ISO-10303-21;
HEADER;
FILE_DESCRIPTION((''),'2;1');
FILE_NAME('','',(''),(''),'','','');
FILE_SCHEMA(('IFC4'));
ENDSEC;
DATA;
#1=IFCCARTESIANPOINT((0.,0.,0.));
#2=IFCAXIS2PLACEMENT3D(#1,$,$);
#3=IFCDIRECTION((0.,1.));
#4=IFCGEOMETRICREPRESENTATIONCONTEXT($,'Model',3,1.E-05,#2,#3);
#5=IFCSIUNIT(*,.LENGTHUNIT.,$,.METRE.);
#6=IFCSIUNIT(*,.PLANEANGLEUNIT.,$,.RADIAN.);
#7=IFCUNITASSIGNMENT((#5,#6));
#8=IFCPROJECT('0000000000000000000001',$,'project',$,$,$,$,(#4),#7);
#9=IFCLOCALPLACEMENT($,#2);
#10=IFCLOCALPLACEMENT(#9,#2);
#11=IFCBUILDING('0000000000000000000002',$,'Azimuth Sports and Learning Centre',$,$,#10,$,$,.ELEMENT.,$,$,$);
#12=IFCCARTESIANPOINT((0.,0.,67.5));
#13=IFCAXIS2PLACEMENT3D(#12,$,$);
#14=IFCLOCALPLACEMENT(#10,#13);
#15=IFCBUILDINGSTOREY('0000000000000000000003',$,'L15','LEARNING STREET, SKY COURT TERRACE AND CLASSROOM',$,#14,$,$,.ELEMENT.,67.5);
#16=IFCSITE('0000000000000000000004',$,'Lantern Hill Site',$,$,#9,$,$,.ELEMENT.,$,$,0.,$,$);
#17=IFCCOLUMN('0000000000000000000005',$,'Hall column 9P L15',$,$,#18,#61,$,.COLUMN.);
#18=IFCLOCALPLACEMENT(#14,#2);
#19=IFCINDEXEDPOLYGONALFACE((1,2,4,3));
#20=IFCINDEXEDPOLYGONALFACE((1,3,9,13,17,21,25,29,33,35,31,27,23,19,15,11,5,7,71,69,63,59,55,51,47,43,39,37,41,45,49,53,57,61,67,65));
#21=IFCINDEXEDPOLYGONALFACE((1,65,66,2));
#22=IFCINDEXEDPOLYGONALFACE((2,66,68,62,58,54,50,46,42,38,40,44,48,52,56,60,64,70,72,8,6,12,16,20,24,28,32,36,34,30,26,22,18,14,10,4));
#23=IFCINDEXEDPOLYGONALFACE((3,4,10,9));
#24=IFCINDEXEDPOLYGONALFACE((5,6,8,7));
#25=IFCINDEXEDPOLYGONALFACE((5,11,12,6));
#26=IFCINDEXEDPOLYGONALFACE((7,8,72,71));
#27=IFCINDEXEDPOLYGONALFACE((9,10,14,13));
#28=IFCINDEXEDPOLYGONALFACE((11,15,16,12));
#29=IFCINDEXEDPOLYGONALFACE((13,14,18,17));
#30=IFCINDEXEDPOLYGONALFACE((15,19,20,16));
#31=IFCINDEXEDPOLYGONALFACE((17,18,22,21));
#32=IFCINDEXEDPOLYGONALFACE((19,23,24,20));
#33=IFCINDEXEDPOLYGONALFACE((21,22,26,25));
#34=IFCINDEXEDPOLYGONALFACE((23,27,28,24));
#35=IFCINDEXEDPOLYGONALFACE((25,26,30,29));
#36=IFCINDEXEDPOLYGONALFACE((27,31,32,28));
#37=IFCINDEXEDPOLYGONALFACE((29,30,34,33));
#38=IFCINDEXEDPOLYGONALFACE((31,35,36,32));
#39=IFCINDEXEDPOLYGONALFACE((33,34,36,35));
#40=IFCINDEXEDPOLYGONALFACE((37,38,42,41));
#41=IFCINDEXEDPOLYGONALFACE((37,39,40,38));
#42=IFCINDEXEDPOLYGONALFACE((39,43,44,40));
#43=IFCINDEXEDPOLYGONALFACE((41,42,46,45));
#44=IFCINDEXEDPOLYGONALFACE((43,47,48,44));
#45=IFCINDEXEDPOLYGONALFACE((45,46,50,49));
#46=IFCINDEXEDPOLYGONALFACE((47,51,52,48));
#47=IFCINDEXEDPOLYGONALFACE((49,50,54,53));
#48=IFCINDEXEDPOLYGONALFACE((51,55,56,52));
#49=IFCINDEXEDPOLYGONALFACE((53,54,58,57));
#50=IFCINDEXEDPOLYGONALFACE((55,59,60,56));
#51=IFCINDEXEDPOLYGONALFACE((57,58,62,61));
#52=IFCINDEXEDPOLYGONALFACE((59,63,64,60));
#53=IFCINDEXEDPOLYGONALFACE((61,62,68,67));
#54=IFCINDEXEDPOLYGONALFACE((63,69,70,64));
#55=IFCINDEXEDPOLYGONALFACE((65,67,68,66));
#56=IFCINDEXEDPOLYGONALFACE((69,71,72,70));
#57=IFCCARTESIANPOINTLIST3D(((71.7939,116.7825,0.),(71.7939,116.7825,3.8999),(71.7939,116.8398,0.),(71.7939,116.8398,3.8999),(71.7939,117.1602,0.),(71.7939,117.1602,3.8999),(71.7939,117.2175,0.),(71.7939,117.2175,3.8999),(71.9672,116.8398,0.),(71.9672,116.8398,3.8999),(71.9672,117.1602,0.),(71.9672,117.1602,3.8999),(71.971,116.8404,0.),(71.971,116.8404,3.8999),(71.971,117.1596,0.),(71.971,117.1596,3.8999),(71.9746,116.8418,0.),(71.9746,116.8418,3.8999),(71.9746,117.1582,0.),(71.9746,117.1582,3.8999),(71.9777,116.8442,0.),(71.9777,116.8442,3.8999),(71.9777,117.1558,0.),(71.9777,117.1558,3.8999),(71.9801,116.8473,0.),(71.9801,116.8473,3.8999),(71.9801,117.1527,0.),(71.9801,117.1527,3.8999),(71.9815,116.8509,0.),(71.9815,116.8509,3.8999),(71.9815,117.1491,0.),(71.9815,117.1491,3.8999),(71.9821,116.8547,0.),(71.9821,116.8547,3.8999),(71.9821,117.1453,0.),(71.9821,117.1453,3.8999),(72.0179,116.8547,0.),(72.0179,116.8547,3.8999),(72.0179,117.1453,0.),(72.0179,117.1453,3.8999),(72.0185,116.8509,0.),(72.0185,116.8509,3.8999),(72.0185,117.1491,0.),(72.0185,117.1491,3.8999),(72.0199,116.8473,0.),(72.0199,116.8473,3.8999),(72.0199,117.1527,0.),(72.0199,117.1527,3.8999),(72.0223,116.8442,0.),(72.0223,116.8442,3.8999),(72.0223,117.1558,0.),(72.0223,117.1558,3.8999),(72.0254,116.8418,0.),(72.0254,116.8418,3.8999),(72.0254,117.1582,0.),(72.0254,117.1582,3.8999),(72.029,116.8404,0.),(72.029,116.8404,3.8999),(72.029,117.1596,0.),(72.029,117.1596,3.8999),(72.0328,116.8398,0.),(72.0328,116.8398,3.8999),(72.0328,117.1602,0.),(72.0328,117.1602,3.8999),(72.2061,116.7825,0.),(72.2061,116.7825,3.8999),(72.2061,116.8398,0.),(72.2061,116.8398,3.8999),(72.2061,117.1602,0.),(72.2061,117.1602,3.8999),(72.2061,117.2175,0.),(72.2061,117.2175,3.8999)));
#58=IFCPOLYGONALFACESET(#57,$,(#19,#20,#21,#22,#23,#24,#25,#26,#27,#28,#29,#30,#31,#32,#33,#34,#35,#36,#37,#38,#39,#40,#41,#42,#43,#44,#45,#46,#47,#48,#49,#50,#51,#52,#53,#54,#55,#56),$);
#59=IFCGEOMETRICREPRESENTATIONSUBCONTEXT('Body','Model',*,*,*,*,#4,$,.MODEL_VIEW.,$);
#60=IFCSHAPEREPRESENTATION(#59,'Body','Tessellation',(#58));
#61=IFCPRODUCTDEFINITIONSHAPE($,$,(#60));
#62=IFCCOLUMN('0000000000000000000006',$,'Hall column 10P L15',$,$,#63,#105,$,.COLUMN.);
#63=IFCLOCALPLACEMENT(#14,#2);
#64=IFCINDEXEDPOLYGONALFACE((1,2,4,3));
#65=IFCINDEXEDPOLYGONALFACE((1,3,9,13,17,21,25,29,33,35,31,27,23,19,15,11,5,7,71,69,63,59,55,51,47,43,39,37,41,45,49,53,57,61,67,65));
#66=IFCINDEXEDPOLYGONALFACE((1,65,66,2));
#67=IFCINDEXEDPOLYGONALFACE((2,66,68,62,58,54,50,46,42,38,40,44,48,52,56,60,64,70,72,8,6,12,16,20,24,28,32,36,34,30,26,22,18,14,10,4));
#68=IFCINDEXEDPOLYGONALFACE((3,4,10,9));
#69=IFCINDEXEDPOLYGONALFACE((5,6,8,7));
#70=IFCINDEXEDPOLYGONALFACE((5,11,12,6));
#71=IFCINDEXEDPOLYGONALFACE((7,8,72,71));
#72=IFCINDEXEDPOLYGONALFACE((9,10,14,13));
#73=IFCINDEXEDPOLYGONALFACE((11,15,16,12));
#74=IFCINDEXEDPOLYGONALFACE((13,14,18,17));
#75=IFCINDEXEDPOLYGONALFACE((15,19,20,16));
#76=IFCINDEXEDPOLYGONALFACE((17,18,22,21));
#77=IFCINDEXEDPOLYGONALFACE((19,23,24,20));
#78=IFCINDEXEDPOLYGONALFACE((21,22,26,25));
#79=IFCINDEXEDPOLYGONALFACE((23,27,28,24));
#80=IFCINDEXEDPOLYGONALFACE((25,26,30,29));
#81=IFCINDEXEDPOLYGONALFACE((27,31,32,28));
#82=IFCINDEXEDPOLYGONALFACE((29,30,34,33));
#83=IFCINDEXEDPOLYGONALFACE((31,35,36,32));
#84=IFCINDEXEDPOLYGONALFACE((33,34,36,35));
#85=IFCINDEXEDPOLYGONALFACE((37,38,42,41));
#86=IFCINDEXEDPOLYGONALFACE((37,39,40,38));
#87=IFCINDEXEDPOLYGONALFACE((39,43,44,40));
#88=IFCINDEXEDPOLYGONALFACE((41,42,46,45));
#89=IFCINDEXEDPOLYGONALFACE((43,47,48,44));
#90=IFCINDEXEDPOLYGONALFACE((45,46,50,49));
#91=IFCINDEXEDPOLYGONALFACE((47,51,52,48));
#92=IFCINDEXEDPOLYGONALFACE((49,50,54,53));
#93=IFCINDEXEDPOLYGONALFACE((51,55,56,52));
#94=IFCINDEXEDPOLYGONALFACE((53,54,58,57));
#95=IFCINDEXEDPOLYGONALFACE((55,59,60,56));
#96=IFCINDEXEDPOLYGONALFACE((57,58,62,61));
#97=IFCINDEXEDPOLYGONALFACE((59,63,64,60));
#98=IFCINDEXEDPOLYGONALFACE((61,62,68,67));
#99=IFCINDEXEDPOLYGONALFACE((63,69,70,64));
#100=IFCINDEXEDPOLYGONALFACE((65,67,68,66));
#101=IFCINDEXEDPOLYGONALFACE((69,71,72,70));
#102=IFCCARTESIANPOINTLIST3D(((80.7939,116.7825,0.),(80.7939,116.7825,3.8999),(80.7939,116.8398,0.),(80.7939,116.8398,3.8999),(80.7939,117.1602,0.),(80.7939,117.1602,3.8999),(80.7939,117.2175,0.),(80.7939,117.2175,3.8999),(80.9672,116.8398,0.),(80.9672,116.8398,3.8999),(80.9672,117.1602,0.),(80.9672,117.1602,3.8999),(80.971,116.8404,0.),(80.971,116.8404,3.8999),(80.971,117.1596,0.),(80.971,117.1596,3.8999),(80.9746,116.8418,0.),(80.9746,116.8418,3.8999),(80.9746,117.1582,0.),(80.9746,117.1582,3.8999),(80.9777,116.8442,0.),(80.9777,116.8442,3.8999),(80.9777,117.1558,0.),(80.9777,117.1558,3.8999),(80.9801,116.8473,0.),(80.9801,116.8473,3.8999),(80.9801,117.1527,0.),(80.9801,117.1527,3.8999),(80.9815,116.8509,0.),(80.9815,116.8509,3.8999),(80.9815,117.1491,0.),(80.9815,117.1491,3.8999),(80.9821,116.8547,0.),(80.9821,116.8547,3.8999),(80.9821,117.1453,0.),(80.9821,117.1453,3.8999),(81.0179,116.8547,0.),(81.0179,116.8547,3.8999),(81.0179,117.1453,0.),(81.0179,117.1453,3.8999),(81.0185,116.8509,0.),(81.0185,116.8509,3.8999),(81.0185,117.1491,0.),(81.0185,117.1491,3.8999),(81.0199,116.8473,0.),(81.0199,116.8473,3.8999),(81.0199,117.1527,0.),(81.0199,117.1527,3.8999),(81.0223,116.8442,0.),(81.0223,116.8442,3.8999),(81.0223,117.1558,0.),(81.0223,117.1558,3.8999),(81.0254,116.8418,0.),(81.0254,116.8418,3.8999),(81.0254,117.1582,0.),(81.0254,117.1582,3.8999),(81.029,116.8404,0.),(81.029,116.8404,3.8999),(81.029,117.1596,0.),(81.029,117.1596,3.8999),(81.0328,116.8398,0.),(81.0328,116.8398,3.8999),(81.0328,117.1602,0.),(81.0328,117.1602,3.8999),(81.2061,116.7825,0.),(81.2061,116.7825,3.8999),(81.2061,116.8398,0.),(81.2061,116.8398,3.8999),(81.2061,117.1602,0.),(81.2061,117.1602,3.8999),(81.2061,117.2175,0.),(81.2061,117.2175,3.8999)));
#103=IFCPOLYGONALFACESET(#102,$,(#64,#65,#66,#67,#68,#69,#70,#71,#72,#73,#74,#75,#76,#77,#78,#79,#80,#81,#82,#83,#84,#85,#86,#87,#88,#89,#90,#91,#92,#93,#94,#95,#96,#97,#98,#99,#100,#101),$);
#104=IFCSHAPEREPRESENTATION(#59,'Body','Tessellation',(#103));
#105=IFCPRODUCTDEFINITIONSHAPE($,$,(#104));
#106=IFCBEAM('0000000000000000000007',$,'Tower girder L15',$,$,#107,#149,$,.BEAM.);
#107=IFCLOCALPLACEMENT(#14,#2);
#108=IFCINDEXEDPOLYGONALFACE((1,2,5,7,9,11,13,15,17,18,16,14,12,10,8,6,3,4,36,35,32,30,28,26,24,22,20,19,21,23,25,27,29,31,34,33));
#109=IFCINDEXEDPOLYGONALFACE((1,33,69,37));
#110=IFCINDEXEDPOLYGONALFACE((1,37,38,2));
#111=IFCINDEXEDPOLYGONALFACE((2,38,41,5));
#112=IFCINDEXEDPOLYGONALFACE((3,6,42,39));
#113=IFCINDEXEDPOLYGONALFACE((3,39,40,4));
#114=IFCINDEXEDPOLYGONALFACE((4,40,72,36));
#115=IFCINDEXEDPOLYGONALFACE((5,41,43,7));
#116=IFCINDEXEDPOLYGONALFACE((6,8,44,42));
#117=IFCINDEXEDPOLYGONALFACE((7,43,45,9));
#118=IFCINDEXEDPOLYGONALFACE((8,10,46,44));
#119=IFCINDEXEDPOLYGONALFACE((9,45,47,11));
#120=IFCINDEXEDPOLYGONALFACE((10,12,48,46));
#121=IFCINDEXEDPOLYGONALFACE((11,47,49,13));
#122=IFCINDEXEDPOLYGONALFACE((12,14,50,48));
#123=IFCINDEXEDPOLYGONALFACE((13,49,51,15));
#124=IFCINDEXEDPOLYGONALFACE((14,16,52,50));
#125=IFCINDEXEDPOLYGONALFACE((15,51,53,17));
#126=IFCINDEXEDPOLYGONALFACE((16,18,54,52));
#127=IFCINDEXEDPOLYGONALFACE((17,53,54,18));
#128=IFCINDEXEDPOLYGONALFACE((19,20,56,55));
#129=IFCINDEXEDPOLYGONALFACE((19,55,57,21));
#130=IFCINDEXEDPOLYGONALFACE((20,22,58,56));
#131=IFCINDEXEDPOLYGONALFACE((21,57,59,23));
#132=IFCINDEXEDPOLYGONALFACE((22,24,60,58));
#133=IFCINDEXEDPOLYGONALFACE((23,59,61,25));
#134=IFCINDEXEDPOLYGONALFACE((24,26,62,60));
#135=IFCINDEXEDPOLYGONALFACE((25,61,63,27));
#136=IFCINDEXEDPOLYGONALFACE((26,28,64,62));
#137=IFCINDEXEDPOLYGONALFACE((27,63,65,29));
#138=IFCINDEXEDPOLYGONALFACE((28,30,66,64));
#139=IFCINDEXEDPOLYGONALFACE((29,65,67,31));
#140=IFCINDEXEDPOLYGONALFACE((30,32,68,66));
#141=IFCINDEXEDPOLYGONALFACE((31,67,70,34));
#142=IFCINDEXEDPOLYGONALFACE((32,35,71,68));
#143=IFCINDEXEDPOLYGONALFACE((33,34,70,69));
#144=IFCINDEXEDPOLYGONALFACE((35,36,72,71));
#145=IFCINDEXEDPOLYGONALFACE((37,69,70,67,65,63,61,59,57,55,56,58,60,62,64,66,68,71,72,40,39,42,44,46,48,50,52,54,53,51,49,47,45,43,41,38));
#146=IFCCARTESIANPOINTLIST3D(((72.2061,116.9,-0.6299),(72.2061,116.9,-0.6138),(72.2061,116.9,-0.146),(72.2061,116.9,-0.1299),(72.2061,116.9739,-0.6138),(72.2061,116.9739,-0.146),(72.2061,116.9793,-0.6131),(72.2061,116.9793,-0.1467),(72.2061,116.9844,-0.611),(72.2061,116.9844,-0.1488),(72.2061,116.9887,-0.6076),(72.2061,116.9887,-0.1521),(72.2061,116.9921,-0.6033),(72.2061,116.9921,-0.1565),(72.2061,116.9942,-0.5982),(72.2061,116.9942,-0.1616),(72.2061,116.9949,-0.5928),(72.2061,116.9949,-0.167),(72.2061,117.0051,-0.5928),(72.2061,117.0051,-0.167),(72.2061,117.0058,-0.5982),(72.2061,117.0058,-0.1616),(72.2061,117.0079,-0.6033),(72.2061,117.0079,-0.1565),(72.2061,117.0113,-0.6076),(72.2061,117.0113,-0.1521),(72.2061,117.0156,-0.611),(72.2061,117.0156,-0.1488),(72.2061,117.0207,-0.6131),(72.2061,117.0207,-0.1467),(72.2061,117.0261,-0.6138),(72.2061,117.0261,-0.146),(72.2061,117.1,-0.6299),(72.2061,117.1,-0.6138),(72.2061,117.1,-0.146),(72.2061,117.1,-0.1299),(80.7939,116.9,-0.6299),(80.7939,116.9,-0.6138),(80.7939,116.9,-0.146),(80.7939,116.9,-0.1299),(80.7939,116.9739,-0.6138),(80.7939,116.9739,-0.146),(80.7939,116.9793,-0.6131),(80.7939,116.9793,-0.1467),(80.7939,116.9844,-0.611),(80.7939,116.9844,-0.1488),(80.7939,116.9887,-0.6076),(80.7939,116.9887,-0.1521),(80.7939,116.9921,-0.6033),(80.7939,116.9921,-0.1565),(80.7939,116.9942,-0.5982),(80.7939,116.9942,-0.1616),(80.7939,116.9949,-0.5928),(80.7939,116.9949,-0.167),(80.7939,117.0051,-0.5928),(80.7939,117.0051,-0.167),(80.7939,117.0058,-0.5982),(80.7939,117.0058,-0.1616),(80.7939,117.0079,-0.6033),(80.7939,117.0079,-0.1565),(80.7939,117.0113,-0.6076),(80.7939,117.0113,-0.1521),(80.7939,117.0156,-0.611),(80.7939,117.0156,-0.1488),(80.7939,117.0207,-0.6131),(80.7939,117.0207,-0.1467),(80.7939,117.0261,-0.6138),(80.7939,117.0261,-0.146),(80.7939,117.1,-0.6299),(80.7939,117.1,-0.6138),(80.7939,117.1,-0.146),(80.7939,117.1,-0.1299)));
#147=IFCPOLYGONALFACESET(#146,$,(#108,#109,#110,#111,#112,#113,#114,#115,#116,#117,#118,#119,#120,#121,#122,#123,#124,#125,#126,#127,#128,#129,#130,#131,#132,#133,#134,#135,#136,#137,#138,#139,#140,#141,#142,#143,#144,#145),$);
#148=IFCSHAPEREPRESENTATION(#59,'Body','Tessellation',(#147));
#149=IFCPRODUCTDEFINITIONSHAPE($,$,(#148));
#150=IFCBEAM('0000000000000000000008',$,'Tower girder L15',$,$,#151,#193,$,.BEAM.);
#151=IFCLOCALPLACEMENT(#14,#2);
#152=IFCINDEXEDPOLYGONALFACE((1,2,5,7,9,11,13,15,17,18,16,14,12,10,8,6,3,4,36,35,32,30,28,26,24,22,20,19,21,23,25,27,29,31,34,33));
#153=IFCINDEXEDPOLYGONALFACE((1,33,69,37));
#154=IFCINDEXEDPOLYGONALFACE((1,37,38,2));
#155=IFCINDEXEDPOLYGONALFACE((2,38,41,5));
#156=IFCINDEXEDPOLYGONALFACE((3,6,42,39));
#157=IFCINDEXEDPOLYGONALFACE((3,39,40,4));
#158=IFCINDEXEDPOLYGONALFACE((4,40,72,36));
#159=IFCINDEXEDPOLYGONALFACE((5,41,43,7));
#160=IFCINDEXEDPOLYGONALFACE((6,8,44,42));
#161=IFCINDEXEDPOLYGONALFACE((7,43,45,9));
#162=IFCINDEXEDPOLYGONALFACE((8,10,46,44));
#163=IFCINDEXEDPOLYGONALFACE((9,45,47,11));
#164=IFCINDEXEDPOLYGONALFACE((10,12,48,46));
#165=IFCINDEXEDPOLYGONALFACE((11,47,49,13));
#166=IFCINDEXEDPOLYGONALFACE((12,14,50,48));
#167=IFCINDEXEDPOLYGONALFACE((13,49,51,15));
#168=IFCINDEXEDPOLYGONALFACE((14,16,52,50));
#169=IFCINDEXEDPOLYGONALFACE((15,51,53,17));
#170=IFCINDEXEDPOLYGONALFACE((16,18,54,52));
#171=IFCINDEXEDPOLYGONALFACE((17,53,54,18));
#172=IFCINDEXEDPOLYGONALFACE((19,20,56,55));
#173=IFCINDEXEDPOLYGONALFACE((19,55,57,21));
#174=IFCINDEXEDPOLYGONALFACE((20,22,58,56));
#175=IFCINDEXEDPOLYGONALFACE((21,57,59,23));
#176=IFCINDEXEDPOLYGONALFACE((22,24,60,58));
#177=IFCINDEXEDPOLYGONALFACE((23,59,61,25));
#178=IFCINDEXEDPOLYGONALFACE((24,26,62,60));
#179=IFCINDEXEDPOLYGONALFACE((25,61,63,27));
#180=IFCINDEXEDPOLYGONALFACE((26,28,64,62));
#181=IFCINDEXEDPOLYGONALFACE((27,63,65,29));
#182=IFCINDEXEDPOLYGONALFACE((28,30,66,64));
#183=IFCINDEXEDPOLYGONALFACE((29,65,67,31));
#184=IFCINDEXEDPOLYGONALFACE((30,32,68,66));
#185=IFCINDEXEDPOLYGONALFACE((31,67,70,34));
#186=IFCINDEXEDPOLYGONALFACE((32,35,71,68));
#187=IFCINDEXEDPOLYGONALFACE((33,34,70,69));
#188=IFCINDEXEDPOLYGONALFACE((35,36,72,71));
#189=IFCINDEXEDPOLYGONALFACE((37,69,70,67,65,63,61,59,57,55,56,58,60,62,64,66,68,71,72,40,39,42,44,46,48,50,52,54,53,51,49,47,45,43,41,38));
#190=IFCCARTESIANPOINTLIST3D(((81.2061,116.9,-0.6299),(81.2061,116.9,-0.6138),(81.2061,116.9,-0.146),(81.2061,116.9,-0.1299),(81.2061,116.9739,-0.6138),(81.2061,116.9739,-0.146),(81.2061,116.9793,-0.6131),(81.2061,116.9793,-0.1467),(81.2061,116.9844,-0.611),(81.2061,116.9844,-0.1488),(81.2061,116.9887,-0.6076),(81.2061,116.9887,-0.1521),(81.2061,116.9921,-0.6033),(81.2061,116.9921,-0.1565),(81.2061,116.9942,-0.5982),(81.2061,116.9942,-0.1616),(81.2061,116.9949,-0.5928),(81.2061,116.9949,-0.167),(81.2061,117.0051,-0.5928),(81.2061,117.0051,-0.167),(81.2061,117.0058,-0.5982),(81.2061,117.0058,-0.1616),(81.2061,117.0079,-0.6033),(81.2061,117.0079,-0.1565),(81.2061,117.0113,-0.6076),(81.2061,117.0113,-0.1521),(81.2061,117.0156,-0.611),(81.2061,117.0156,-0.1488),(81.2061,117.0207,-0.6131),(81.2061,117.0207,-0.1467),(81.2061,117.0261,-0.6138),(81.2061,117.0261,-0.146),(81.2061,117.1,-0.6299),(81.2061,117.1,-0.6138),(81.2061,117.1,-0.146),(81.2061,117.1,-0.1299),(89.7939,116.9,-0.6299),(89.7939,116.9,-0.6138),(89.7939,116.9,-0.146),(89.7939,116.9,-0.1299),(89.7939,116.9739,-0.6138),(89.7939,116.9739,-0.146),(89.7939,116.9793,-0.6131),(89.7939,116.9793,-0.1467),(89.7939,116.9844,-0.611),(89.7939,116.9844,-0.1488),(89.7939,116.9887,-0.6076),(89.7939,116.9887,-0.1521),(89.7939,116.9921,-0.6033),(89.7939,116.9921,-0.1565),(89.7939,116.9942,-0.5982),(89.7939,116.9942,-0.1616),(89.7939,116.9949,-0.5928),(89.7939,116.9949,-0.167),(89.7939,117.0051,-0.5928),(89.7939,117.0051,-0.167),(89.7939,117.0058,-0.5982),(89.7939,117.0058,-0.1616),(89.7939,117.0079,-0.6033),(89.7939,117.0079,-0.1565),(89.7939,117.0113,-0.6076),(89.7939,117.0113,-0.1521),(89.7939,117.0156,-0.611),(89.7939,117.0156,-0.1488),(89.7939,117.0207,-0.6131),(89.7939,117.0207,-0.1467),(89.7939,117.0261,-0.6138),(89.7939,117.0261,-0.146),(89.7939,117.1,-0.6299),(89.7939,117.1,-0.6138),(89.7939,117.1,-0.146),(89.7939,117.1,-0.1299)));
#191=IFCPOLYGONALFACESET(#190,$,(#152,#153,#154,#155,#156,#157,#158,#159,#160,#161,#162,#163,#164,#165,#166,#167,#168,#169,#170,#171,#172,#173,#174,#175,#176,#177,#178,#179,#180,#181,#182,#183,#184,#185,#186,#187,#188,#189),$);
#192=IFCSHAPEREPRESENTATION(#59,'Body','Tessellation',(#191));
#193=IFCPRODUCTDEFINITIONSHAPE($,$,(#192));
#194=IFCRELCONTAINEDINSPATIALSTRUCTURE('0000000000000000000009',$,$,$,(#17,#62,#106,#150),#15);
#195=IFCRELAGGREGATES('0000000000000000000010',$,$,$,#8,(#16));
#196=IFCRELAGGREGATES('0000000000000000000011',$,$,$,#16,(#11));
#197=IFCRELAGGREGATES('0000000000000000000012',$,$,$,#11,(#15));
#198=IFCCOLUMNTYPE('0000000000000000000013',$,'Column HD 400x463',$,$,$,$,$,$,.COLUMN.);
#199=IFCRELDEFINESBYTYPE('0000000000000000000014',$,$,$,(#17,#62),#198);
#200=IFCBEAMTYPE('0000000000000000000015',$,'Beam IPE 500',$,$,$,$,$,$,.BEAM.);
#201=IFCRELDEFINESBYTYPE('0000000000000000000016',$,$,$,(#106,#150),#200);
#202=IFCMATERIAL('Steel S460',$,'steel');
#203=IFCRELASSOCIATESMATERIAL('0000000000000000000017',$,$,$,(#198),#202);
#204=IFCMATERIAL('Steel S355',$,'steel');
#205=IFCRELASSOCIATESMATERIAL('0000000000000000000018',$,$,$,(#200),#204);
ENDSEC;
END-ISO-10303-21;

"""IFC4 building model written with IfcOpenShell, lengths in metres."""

from ifc_helpers import new_model, si_unit, direction, frame, origin, origin_2d, place, context, subcontext, project, spatial, i_section, extrude, material, material_profile, profile_set, type_object, element, save


model = new_model("IFC4")

# Units and contexts
model_context = context("Model", 3, precision=1e-05, world=origin(), true_north=direction((0.0, 1.0)))
body_context = subcontext(model_context, "Body", "Model", "MODEL_VIEW")
ifc_project = project(units=[si_unit("LENGTHUNIT", "METRE"), si_unit("PLANEANGLEUNIT", "RADIAN")], contexts=[model_context])

# Site, building, storey
site_placement = place(None, origin())
site = spatial("IfcSite", under=ifc_project, at=site_placement, Name="Lantern Hill Site", CompositionType="ELEMENT", RefElevation=0.0)
building_placement = place(site_placement, origin())
building = spatial("IfcBuilding", under=site, at=building_placement, Name="Azimuth Sports and Learning Centre", CompositionType="ELEMENT")
storey_placement = place(building_placement, frame((0.0, 0.0, 67.5)))
storey = spatial("IfcBuildingStorey", under=building, at=storey_placement, Name="L15", Description="LEARNING STREET, SKY COURT TERRACE AND CLASSROOM", CompositionType="ELEMENT", Elevation=67.5)

# Columns
ifc_material_1 = material(Name="Steel S460", Category="steel")
ifc_material_profile_1 = material_profile(ifc_material_1, i_section(OverallWidth=0.4121, OverallDepth=0.4351, WebThickness=0.0359, FlangeThickness=0.0574, FilletRadius=0.0149, at=origin_2d()), Name="HD 400x463")
ifc_profile_set_1 = profile_set([ifc_material_profile_1], Name="Steel S460")
column_type = type_object("IfcColumnType", Name="Column HD 400x463", PredefinedType="COLUMN", material=ifc_profile_set_1)
for number, where, z_axis, x_axis, name in (
    (1, (72.0, 117.0, 0.0), (0.0, 0.0, 1.0), (1.0, 0.0, 0.0), "Hall column 9P L15"),
    (2, (81.0, 117.0, 0.0), (0.0, 0.0, 1.0), (1.0, 0.0, 0.0), "Hall column 10P L15"),
):
    element("IfcColumn", number, at=place(storey_placement, frame(where, z_axis=z_axis, x_axis=x_axis)), inside=storey, type_object=column_type, Name=name, PredefinedType="COLUMN", context=body_context, shape_type="SweptSolid", body=[
        extrude(i_section(OverallWidth=0.4121, OverallDepth=0.4351, WebThickness=0.0359, FlangeThickness=0.0574, FilletRadius=0.0149, at=origin_2d()), origin(), (0.0, 0.0, 1.0), 3.8999),
    ])

# Beams
ifc_material_2 = material(Name="Steel S355", Category="steel")
ifc_material_profile_2 = material_profile(ifc_material_2, i_section(OverallWidth=0.2, OverallDepth=0.5, WebThickness=0.0103, FlangeThickness=0.0161, FilletRadius=0.021, at=origin_2d()), Name="IPE 500")
ifc_profile_set_2 = profile_set([ifc_material_profile_2], Name="Steel S355")
beam_type_1 = type_object("IfcBeamType", Name="Beam IPE 500", PredefinedType="BEAM", material=ifc_profile_set_2)
for number, where, z_axis, x_axis, name in (
    (3, (72.2061, 117.0, -0.3799), (1.0, 0.0, 0.0), (0.0, 1.0, 0.0), "Tower girder L15"),
    (4, (81.2061, 117.0, -0.3799), (1.0, 0.0, 0.0), (0.0, 1.0, 0.0), "Tower girder L15"),
):
    element("IfcBeam", number, at=place(storey_placement, frame(where, z_axis=z_axis, x_axis=x_axis)), inside=storey, type_object=beam_type_1, Name=name, PredefinedType="BEAM", context=body_context, shape_type="SweptSolid", body=[
        extrude(i_section(OverallWidth=0.2, OverallDepth=0.5, WebThickness=0.0103, FlangeThickness=0.0161, FilletRadius=0.021, at=origin_2d()), origin(), (0.0, 0.0, 1.0), 8.5879),
    ])

save(model, "model.ifc")
